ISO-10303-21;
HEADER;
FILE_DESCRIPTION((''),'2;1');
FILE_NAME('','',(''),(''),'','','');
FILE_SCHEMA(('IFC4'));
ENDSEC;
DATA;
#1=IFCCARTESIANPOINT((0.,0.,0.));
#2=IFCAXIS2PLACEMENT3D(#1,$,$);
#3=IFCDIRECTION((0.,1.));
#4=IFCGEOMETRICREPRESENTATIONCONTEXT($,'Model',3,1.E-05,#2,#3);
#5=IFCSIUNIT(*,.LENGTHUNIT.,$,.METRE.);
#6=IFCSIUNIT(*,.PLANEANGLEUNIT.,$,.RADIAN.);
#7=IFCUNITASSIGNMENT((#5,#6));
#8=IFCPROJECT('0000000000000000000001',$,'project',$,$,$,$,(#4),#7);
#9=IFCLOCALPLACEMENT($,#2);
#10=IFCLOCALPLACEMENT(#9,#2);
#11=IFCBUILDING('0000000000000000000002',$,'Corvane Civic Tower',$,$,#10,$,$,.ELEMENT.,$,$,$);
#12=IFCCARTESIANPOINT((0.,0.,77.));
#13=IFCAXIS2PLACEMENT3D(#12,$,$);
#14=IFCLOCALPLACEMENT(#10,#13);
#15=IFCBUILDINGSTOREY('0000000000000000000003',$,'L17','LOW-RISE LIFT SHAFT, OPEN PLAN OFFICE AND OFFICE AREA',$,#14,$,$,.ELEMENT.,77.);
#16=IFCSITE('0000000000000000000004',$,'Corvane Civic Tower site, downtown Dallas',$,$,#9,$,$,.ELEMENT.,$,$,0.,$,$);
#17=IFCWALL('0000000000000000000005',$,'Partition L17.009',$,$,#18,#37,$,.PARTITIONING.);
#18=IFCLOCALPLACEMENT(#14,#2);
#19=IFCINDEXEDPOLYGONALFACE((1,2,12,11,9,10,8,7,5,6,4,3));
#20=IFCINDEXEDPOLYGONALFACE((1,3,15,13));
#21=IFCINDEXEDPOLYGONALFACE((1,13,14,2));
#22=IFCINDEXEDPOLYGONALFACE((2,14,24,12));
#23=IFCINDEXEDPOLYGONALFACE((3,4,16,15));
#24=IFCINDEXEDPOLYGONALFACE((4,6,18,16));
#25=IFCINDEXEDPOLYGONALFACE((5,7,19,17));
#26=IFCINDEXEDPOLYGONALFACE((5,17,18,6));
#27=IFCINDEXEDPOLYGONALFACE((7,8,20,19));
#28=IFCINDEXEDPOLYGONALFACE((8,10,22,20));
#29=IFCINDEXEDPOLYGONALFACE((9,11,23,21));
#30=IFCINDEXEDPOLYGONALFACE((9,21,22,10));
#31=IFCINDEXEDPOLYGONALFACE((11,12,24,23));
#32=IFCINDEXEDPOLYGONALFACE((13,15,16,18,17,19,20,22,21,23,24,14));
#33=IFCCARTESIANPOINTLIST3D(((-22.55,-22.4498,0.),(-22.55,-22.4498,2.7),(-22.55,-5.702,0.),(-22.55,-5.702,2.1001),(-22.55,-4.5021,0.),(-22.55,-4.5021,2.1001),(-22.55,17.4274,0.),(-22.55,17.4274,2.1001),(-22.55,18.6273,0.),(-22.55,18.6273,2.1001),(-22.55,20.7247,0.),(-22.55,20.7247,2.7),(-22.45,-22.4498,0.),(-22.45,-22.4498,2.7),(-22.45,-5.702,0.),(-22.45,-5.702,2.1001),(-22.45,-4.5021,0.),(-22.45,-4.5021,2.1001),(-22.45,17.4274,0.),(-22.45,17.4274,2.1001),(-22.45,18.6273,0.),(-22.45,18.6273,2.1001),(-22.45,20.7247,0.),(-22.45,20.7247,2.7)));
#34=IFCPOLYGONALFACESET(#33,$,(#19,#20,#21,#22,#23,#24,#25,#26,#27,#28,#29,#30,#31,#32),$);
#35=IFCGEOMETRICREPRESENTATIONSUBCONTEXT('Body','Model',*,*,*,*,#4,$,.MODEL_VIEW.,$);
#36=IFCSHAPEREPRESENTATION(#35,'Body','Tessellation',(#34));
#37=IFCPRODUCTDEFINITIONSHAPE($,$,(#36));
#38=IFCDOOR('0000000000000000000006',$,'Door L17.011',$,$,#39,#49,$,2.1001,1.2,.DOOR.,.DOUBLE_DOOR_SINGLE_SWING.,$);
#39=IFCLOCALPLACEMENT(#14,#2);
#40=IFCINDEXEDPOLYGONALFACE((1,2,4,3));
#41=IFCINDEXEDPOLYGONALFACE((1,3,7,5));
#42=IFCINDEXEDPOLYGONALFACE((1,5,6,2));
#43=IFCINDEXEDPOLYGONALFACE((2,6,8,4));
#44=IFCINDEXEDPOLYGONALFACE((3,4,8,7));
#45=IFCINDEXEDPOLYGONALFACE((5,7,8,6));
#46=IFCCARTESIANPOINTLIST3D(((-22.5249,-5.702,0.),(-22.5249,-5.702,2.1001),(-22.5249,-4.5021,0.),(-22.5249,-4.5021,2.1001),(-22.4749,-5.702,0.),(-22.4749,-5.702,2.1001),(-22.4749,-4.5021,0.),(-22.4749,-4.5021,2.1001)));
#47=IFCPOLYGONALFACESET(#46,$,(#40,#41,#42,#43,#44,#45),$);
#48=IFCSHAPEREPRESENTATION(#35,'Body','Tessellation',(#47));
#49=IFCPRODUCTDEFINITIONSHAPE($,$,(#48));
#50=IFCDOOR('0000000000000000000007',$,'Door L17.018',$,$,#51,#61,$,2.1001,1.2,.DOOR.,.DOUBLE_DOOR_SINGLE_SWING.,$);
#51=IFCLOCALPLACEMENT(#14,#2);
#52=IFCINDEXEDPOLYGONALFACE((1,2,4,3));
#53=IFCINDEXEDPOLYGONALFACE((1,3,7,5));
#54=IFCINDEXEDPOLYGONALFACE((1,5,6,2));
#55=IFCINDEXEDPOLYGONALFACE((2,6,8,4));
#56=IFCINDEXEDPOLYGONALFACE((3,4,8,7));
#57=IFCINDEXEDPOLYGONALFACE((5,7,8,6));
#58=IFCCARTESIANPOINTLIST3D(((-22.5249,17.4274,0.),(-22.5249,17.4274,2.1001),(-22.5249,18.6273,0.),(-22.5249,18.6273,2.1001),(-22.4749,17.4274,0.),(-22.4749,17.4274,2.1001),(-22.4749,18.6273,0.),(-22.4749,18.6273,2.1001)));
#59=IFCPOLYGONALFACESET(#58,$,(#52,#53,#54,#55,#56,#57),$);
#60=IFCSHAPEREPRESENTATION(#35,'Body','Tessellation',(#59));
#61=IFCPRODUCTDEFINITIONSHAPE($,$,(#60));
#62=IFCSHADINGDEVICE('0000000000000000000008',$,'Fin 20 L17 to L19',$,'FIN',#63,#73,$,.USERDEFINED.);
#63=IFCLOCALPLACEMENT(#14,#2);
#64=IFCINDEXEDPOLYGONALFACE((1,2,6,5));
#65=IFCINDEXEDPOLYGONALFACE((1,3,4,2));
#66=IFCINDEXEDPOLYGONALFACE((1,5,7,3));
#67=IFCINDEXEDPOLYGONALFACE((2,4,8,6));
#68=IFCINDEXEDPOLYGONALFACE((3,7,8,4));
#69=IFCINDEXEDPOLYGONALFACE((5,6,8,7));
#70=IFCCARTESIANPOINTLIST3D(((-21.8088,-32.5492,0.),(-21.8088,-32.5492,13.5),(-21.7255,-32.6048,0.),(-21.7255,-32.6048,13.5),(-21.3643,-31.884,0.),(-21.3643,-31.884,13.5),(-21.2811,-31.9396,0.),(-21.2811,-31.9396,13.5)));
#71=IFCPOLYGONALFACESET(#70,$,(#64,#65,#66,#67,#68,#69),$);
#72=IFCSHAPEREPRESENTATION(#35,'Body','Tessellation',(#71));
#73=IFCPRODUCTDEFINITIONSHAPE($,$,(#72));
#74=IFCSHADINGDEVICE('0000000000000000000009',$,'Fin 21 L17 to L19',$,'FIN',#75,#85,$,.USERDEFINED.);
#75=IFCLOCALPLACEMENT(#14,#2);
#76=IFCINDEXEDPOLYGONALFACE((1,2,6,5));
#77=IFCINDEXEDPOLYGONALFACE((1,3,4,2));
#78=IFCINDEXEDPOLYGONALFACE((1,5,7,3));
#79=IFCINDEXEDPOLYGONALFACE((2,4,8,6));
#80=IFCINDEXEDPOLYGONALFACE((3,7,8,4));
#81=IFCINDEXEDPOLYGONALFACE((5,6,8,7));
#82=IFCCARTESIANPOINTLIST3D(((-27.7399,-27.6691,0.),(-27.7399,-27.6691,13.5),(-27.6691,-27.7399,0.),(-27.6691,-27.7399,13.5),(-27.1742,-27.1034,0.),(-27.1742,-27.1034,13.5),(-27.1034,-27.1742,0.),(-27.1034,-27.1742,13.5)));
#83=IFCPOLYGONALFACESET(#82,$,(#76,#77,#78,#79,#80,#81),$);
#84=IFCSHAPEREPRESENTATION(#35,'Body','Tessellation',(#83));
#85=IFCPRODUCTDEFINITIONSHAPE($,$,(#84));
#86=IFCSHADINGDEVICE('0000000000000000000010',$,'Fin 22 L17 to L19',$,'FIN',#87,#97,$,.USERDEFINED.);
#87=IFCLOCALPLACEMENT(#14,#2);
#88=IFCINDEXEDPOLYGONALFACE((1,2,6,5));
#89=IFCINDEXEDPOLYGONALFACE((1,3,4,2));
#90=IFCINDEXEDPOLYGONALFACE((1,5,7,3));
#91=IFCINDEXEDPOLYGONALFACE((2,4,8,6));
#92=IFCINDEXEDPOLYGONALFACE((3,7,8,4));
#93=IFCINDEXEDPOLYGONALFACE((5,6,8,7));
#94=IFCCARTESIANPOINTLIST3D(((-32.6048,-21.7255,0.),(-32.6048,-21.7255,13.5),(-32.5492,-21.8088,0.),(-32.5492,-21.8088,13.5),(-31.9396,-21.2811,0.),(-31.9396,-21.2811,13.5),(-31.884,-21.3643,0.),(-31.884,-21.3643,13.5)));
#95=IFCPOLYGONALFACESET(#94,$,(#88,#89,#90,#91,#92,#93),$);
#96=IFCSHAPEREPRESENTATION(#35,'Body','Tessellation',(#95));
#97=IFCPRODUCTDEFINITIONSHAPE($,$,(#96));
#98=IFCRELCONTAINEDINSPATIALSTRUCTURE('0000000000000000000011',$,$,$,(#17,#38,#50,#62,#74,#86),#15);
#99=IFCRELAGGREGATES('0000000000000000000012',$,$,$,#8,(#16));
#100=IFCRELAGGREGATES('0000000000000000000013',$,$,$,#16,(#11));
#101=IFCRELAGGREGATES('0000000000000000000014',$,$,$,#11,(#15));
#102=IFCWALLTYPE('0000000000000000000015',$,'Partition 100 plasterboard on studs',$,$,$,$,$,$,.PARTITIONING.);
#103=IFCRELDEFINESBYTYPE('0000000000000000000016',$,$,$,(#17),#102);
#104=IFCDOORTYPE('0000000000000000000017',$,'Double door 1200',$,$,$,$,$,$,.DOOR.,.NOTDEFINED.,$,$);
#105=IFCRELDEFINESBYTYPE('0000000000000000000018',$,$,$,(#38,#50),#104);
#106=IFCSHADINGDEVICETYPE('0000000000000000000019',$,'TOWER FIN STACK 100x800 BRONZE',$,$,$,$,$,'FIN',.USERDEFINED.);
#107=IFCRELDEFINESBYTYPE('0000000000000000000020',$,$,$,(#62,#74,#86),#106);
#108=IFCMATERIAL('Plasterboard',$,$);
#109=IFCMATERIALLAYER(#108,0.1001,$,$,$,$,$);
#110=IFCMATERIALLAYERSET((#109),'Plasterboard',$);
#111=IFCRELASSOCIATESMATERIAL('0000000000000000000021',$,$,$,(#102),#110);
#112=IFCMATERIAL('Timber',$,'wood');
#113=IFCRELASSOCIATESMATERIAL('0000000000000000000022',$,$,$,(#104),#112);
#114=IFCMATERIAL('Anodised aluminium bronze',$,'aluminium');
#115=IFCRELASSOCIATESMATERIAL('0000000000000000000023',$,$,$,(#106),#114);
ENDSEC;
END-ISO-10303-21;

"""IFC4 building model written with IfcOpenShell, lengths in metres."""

from ifc_helpers import new_model, si_unit, direction, frame, frame_2d, origin, origin_2d, place, context, subcontext, project, spatial, rectangle, extrude, material, layer, layer_set, material_profile, profile_set, type_object, element, fill, save


model = new_model("IFC4")

# Units and contexts
model_context = context("Model", 3, precision=1e-05, world=origin(), true_north=direction((0.0, 1.0)))
body_context = subcontext(model_context, "Body", "Model", "MODEL_VIEW")
ifc_project = project(units=[si_unit("LENGTHUNIT", "METRE"), si_unit("PLANEANGLEUNIT", "RADIAN")], contexts=[model_context])

# Site, building, storey
site_placement = place(None, origin())
site = spatial("IfcSite", under=ifc_project, at=site_placement, Name="Corvane Civic Tower site, downtown Dallas", CompositionType="ELEMENT", RefElevation=0.0)
building_placement = place(site_placement, origin())
building = spatial("IfcBuilding", under=site, at=building_placement, Name="Corvane Civic Tower", CompositionType="ELEMENT")
storey_placement = place(building_placement, frame((0.0, 0.0, 77.0)))
storey = spatial("IfcBuildingStorey", under=building, at=storey_placement, Name="L17", Description="LOW-RISE LIFT SHAFT, OPEN PLAN OFFICE AND OFFICE AREA", CompositionType="ELEMENT", Elevation=77.0)

# Shared definitions
ifc_material_1 = material(Name="Plasterboard")
ifc_layer_1 = layer(ifc_material_1, 0.1001)
ifc_layer_set_1 = layer_set([ifc_layer_1], Name="Plasterboard")
wall_type = type_object("IfcWallType", Name="Partition 100 plasterboard on studs", PredefinedType="PARTITIONING", material=ifc_layer_set_1)

# Wall, openings, doors
wall_1_placement = place(storey_placement, frame((-22.5, -22.45, 0.0), z_axis=(0.0, 0.0, 1.0), x_axis=(0.0, 1.0, 0.0)))
wall_1 = element("IfcWall", 1, at=wall_1_placement, inside=storey, type_object=wall_type, Name="Partition L17.009", PredefinedType="PARTITIONING", context=body_context, shape_type="SweptSolid", body=[
    extrude(rectangle(XDim=43.1746, YDim=0.1001, at=frame_2d((21.5874, 0.0))), origin(), (0.0, 0.0, 1.0), 2.7),
])
opening_1_placement = place(wall_1_placement, frame((16.7478, 0.0, 0.0)))
opening_1 = element("IfcOpeningElement", 2, at=opening_1_placement, cuts=wall_1, PredefinedType="OPENING", context=body_context, shape_type="SweptSolid", body=[
    extrude(rectangle(XDim=1.2, YDim=2.1001, at=frame_2d((0.6001, 1.05))), frame((0.0, 0.0601, 0.0), z_axis=(0.0, -1.0, 0.0), x_axis=(1.0, 0.0, 0.0)), (0.0, 0.0, 1.0), 0.1201),
])
opening_2_placement = place(wall_1_placement, frame((39.8772, 0.0, 0.0)))
opening_2 = element("IfcOpeningElement", 3, at=opening_2_placement, cuts=wall_1, PredefinedType="OPENING", context=body_context, shape_type="SweptSolid", body=[
    extrude(rectangle(XDim=1.2, YDim=2.1001, at=frame_2d((0.6001, 1.05))), frame((0.0, 0.0601, 0.0), z_axis=(0.0, -1.0, 0.0), x_axis=(1.0, 0.0, 0.0)), (0.0, 0.0, 1.0), 0.1201),
])
ifc_material_2 = material(Name="Timber", Category="wood")
door_type_1 = type_object("IfcDoorType", Name="Double door 1200", OperationType="NOTDEFINED", PredefinedType="DOOR", material=ifc_material_2)
door_1_placement = place(opening_1_placement, origin())
door_1 = element("IfcDoor", 4, at=door_1_placement, inside=storey, type_object=door_type_1, Name="Door L17.011", OperationType="DOUBLE_DOOR_SINGLE_SWING", OverallHeight=2.1001, OverallWidth=1.2, PredefinedType="DOOR", context=body_context, shape_type="SweptSolid", body=[
    extrude(rectangle(XDim=1.2, YDim=2.1001, at=frame_2d((0.6001, 1.05))), frame((0.0, 0.0249, 0.0), z_axis=(0.0, -1.0, 0.0), x_axis=(1.0, 0.0, 0.0)), (0.0, 0.0, 1.0), 0.05),
])
fill(opening_1, door_1)
door_2_placement = place(opening_2_placement, origin())
door_2 = element("IfcDoor", 5, at=door_2_placement, inside=storey, type_object=door_type_1, Name="Door L17.018", OperationType="DOUBLE_DOOR_SINGLE_SWING", OverallHeight=2.1001, OverallWidth=1.2, PredefinedType="DOOR", context=body_context, shape_type="SweptSolid", body=[
    extrude(rectangle(XDim=1.2, YDim=2.1001, at=frame_2d((0.6001, 1.05))), frame((0.0, 0.0249, 0.0), z_axis=(0.0, -1.0, 0.0), x_axis=(1.0, 0.0, 0.0)), (0.0, 0.0, 1.0), 0.05),
])
fill(opening_2, door_2)

# Shading devices
ifc_material_3 = material(Name="Anodised aluminium bronze", Category="aluminium")
ifc_material_profile_1 = material_profile(ifc_material_3, rectangle(XDim=0.1001, YDim=0.8, at=origin_2d()), Name="TOWER FIN STACK 100x800 BRONZE")
ifc_profile_set_1 = profile_set([ifc_material_profile_1], Name="Anodised aluminium bronze")
shading_device_type = type_object("IfcShadingDeviceType", Name="TOWER FIN STACK 100x800 BRONZE", ElementType="FIN", PredefinedType="USERDEFINED", material=ifc_profile_set_1)
for number, where, z_axis, x_axis, name in (
    (6, (-21.5449, -32.2444, 0.0), (0.0, 0.0, 1.0), (-0.83147, 0.55557, 0.0), "Fin 20 L17 to L19"),
    (7, (-27.4216, -27.4216, 0.0), (0.0, 0.0, 1.0), (-0.707107, 0.707107, 0.0), "Fin 21 L17 to L19"),
    (8, (-32.2444, -21.5449, 0.0), (0.0, 0.0, 1.0), (-0.55557, 0.83147, 0.0), "Fin 22 L17 to L19"),
):
    element("IfcShadingDevice", number, at=place(storey_placement, frame(where, z_axis=z_axis, x_axis=x_axis)), inside=storey, type_object=shading_device_type, Name=name, ObjectType="FIN", PredefinedType="USERDEFINED", context=body_context, shape_type="SweptSolid", body=[
        extrude(rectangle(XDim=0.1001, YDim=0.8, at=origin_2d()), origin(), (0.0, 0.0, 1.0), 13.5),
    ])

save(model, "model.ifc")
